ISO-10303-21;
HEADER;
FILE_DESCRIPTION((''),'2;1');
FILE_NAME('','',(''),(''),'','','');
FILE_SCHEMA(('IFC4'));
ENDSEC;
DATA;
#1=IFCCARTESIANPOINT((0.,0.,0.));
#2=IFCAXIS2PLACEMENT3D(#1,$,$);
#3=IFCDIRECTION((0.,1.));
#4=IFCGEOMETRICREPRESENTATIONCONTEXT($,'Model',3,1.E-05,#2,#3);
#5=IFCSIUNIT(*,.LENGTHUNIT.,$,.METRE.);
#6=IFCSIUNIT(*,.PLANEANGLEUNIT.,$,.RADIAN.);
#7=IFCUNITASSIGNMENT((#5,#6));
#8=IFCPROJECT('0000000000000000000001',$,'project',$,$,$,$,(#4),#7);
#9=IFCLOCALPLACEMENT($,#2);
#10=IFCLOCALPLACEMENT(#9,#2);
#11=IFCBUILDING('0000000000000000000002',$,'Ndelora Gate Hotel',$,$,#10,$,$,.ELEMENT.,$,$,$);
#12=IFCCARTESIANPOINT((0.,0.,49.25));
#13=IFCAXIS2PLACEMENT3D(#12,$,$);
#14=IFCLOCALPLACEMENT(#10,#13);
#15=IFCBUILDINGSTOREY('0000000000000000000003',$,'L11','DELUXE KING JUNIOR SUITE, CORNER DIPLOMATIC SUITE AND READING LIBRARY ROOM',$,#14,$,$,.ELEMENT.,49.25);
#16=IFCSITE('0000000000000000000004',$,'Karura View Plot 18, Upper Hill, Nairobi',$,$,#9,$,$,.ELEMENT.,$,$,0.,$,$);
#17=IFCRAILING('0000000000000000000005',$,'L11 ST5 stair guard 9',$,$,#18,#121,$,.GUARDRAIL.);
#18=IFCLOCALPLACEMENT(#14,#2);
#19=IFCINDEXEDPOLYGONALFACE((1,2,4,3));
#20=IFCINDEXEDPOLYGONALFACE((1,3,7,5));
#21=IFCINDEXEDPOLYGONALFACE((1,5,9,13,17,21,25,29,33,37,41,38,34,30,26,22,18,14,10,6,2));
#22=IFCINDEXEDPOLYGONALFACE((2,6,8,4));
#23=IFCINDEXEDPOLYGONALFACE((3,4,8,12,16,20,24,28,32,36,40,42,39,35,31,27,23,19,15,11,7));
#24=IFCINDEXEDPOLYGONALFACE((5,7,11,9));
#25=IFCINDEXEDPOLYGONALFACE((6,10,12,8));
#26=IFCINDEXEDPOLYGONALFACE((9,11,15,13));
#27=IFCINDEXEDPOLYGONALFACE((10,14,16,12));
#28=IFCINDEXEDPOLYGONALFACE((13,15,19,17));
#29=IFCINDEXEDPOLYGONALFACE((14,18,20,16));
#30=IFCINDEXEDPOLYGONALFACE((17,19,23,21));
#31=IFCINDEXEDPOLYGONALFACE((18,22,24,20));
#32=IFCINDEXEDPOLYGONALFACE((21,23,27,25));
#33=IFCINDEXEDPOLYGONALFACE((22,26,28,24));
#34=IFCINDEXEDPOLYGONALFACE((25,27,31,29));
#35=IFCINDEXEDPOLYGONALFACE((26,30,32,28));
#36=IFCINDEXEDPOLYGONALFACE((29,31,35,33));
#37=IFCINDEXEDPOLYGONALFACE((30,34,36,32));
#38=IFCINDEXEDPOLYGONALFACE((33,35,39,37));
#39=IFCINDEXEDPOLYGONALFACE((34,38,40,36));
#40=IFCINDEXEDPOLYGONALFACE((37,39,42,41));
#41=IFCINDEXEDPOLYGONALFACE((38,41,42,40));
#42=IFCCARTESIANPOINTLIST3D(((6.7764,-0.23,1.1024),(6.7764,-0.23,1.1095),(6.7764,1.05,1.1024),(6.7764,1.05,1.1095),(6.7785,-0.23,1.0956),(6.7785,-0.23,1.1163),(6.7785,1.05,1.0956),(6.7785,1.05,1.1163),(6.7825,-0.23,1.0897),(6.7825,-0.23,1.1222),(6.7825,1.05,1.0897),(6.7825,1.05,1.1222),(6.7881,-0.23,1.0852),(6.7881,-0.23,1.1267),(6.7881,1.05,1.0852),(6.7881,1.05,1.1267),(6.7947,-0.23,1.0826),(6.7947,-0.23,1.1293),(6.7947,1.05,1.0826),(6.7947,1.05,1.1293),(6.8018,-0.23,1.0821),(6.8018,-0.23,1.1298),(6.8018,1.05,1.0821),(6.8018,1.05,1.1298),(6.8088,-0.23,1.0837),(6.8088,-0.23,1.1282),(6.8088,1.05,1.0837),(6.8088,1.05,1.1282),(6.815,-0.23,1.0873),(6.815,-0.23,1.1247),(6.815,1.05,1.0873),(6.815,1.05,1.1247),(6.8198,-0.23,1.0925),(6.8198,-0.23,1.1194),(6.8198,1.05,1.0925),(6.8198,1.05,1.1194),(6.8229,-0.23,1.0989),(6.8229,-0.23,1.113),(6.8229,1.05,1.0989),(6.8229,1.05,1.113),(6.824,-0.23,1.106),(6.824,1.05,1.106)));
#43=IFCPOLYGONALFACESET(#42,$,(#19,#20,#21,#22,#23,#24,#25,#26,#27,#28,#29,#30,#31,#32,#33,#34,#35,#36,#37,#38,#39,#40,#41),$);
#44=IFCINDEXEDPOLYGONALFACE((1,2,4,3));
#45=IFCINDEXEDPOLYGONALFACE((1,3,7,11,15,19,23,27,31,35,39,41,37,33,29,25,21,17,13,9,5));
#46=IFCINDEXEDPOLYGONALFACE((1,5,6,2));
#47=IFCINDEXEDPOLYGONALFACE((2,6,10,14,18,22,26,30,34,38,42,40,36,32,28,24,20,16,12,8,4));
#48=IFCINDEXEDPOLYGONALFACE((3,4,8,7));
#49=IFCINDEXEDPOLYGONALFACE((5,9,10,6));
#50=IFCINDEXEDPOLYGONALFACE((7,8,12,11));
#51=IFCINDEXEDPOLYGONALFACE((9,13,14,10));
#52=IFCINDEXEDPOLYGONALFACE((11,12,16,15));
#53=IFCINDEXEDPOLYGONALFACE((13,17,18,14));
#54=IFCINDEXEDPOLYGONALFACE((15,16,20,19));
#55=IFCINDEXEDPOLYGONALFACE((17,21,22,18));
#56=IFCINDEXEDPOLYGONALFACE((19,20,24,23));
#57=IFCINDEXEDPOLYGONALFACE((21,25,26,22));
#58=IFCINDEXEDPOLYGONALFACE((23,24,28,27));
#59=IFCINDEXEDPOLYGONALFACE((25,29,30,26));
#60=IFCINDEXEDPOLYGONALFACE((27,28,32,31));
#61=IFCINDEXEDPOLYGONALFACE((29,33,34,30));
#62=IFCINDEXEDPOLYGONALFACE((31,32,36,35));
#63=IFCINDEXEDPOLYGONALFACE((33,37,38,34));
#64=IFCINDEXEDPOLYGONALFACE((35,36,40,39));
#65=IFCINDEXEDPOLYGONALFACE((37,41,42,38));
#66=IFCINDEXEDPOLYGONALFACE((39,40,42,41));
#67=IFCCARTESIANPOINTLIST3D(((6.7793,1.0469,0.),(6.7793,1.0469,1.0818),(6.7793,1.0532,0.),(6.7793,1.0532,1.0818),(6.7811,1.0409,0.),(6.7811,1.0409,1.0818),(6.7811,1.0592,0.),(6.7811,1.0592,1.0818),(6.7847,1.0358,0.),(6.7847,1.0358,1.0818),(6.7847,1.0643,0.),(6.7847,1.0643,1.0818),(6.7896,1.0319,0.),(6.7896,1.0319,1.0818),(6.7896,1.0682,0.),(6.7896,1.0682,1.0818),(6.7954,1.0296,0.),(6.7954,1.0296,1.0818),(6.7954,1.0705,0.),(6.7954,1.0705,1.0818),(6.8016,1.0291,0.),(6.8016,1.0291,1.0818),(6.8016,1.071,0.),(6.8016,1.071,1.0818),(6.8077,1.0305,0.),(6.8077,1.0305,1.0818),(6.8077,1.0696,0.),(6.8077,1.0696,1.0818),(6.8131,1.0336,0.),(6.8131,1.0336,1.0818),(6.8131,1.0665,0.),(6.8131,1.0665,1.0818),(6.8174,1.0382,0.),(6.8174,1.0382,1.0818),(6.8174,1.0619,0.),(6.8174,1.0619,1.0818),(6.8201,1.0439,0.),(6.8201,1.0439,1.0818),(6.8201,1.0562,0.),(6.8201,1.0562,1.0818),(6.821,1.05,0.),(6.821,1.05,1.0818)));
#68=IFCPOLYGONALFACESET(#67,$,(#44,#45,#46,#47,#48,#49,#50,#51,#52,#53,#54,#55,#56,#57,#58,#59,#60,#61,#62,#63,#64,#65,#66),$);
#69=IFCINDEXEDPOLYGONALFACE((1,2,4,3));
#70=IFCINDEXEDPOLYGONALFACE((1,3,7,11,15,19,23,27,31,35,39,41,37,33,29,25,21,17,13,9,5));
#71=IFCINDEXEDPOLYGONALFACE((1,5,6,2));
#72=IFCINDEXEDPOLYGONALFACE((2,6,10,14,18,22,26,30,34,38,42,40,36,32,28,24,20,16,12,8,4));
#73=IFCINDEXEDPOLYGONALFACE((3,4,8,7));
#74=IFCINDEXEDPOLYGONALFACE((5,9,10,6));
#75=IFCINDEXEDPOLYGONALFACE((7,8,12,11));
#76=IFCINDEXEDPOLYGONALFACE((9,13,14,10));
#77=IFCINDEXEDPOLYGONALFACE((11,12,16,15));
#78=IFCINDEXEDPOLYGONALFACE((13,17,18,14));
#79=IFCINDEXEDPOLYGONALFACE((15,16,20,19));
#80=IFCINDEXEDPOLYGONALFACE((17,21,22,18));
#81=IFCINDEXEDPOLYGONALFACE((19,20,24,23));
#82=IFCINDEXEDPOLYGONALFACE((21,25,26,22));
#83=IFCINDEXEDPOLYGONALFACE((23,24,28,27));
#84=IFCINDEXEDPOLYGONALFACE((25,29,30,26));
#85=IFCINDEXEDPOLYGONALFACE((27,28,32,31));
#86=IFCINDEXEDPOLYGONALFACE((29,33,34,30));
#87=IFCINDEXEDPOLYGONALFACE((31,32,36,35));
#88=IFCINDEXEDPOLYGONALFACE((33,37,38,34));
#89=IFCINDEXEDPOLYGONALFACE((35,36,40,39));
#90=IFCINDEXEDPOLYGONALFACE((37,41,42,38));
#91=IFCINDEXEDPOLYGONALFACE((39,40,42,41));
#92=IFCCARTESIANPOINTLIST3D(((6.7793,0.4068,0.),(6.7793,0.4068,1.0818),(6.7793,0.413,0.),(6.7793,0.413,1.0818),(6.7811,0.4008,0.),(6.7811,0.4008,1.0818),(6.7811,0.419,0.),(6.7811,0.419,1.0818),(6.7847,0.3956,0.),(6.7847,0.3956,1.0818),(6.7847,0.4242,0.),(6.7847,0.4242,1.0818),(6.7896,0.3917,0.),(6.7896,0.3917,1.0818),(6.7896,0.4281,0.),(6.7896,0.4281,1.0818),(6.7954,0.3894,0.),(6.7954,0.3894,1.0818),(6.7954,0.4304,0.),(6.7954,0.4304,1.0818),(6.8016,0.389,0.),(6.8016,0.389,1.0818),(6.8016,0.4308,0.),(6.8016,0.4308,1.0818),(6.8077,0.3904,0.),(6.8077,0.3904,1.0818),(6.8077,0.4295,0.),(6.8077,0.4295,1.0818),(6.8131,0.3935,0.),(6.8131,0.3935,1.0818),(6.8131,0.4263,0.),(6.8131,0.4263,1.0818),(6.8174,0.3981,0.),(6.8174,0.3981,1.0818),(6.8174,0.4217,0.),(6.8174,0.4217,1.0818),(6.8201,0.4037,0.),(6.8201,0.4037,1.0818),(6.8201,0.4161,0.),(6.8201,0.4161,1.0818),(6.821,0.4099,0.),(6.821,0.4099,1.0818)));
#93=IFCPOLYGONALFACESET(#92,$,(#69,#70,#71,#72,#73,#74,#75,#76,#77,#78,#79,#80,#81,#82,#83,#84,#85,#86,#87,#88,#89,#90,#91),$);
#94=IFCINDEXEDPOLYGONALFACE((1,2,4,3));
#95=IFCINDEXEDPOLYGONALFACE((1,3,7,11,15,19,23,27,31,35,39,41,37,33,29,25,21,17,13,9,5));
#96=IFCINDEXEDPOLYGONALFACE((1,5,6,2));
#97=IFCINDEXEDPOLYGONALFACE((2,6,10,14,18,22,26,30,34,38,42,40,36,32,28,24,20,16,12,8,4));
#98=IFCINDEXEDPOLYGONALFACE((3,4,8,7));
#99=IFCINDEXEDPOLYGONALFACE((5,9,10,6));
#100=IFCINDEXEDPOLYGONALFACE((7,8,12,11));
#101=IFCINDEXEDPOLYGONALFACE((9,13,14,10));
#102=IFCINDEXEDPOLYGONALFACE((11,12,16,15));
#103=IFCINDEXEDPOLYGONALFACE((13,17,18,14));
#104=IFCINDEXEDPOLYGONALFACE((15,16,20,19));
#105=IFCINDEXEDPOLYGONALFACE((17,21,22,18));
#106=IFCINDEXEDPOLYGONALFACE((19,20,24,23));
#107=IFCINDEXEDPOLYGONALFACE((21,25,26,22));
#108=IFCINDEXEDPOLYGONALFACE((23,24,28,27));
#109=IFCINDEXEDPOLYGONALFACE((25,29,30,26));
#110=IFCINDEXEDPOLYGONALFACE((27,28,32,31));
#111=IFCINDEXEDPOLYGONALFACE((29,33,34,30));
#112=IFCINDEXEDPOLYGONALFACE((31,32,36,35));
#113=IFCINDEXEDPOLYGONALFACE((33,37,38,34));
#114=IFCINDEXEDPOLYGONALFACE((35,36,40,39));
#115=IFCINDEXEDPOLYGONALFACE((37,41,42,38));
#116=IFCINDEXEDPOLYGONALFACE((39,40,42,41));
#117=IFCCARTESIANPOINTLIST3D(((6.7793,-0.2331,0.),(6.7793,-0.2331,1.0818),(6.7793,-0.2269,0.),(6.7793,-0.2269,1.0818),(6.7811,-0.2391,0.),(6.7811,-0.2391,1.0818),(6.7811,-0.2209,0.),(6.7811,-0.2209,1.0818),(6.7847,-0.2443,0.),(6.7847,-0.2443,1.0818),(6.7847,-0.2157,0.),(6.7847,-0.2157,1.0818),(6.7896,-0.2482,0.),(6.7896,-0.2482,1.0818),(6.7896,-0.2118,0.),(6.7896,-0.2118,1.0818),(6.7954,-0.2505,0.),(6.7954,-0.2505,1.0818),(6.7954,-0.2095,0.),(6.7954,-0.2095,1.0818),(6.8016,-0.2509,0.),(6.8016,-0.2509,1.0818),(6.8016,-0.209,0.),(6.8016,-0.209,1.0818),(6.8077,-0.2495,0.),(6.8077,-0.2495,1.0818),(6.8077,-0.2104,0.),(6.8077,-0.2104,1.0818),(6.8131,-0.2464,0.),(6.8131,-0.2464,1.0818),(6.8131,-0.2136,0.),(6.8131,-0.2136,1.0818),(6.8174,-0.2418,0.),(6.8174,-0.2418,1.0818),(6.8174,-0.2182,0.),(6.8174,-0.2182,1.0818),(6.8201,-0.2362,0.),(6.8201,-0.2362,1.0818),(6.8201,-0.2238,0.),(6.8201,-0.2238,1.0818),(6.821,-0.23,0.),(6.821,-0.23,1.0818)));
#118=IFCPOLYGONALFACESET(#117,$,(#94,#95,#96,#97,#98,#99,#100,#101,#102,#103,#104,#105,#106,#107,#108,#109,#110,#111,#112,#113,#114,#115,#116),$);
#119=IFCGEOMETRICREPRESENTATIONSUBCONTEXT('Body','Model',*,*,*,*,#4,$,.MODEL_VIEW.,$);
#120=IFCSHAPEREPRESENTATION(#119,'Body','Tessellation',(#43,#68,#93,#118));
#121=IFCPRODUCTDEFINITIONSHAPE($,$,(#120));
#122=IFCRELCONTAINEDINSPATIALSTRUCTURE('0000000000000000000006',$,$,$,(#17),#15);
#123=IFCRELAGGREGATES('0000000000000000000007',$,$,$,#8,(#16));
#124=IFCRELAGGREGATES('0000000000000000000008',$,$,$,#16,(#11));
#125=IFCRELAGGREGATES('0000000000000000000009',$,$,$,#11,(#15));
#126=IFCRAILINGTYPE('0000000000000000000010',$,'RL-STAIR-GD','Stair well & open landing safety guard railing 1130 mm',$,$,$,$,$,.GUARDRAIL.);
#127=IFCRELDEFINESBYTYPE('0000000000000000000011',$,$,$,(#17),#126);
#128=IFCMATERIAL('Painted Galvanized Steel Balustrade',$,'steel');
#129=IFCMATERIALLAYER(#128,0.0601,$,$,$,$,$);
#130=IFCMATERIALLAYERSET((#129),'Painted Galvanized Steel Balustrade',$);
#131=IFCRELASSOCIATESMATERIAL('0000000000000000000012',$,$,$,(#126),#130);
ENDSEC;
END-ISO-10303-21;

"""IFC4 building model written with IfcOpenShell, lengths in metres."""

from ifc_helpers import new_model, si_unit, direction, frame, origin, origin_2d, place, context, subcontext, project, spatial, circle, extrude, material, layer, layer_set, type_object, element, save


model = new_model("IFC4")

# Units and contexts
model_context = context("Model", 3, precision=1e-05, world=origin(), true_north=direction((0.0, 1.0)))
body_context = subcontext(model_context, "Body", "Model", "MODEL_VIEW")
ifc_project = project(units=[si_unit("LENGTHUNIT", "METRE"), si_unit("PLANEANGLEUNIT", "RADIAN")], contexts=[model_context])

# Site, building, storey
site_placement = place(None, origin())
site = spatial("IfcSite", under=ifc_project, at=site_placement, Name="Karura View Plot 18, Upper Hill, Nairobi", CompositionType="ELEMENT", RefElevation=0.0)
building_placement = place(site_placement, origin())
building = spatial("IfcBuilding", under=site, at=building_placement, Name="Ndelora Gate Hotel", CompositionType="ELEMENT")
storey_placement = place(building_placement, frame((0.0, 0.0, 49.25)))
storey = spatial("IfcBuildingStorey", under=building, at=storey_placement, Name="L11", Description="DELUXE KING JUNIOR SUITE, CORNER DIPLOMATIC SUITE AND READING LIBRARY ROOM", CompositionType="ELEMENT", Elevation=49.25)

# Railing
ifc_material_1 = material(Name="Painted Galvanized Steel Balustrade", Category="steel")
ifc_layer_1 = layer(ifc_material_1, 0.0601)
ifc_layer_set_1 = layer_set([ifc_layer_1], Name="Painted Galvanized Steel Balustrade")
railing_type_1 = type_object("IfcRailingType", Name="RL-STAIR-GD", Description="Stair well & open landing safety guard railing 1130 mm", PredefinedType="GUARDRAIL", material=ifc_layer_set_1)
railing_1_placement = place(storey_placement, frame((6.8, 1.05, 0.0)))
element("IfcRailing", 1, at=railing_1_placement, inside=storey, type_object=railing_type_1, Name="L11 ST5 stair guard 9", PredefinedType="GUARDRAIL", context=body_context, shape_type="SweptSolid", body=[
    extrude(circle(Radius=0.0239, at=origin_2d()), frame((0.0, 0.0, 1.106), z_axis=(0.0, -1.0, 0.0), x_axis=(1.0, 0.0, 0.0)), (0.0, 0.0, 1.0), 1.28),
    extrude(circle(Radius=0.021, at=origin_2d()), origin(), (0.0, 0.0, 1.0), 1.0818),
    extrude(circle(Radius=0.021, at=origin_2d()), frame((0.0, -0.6401, 0.0)), (0.0, 0.0, 1.0), 1.0818),
    extrude(circle(Radius=0.021, at=origin_2d()), frame((0.0, -1.28, 0.0)), (0.0, 0.0, 1.0), 1.0818),
])

save(model, "model.ifc")
